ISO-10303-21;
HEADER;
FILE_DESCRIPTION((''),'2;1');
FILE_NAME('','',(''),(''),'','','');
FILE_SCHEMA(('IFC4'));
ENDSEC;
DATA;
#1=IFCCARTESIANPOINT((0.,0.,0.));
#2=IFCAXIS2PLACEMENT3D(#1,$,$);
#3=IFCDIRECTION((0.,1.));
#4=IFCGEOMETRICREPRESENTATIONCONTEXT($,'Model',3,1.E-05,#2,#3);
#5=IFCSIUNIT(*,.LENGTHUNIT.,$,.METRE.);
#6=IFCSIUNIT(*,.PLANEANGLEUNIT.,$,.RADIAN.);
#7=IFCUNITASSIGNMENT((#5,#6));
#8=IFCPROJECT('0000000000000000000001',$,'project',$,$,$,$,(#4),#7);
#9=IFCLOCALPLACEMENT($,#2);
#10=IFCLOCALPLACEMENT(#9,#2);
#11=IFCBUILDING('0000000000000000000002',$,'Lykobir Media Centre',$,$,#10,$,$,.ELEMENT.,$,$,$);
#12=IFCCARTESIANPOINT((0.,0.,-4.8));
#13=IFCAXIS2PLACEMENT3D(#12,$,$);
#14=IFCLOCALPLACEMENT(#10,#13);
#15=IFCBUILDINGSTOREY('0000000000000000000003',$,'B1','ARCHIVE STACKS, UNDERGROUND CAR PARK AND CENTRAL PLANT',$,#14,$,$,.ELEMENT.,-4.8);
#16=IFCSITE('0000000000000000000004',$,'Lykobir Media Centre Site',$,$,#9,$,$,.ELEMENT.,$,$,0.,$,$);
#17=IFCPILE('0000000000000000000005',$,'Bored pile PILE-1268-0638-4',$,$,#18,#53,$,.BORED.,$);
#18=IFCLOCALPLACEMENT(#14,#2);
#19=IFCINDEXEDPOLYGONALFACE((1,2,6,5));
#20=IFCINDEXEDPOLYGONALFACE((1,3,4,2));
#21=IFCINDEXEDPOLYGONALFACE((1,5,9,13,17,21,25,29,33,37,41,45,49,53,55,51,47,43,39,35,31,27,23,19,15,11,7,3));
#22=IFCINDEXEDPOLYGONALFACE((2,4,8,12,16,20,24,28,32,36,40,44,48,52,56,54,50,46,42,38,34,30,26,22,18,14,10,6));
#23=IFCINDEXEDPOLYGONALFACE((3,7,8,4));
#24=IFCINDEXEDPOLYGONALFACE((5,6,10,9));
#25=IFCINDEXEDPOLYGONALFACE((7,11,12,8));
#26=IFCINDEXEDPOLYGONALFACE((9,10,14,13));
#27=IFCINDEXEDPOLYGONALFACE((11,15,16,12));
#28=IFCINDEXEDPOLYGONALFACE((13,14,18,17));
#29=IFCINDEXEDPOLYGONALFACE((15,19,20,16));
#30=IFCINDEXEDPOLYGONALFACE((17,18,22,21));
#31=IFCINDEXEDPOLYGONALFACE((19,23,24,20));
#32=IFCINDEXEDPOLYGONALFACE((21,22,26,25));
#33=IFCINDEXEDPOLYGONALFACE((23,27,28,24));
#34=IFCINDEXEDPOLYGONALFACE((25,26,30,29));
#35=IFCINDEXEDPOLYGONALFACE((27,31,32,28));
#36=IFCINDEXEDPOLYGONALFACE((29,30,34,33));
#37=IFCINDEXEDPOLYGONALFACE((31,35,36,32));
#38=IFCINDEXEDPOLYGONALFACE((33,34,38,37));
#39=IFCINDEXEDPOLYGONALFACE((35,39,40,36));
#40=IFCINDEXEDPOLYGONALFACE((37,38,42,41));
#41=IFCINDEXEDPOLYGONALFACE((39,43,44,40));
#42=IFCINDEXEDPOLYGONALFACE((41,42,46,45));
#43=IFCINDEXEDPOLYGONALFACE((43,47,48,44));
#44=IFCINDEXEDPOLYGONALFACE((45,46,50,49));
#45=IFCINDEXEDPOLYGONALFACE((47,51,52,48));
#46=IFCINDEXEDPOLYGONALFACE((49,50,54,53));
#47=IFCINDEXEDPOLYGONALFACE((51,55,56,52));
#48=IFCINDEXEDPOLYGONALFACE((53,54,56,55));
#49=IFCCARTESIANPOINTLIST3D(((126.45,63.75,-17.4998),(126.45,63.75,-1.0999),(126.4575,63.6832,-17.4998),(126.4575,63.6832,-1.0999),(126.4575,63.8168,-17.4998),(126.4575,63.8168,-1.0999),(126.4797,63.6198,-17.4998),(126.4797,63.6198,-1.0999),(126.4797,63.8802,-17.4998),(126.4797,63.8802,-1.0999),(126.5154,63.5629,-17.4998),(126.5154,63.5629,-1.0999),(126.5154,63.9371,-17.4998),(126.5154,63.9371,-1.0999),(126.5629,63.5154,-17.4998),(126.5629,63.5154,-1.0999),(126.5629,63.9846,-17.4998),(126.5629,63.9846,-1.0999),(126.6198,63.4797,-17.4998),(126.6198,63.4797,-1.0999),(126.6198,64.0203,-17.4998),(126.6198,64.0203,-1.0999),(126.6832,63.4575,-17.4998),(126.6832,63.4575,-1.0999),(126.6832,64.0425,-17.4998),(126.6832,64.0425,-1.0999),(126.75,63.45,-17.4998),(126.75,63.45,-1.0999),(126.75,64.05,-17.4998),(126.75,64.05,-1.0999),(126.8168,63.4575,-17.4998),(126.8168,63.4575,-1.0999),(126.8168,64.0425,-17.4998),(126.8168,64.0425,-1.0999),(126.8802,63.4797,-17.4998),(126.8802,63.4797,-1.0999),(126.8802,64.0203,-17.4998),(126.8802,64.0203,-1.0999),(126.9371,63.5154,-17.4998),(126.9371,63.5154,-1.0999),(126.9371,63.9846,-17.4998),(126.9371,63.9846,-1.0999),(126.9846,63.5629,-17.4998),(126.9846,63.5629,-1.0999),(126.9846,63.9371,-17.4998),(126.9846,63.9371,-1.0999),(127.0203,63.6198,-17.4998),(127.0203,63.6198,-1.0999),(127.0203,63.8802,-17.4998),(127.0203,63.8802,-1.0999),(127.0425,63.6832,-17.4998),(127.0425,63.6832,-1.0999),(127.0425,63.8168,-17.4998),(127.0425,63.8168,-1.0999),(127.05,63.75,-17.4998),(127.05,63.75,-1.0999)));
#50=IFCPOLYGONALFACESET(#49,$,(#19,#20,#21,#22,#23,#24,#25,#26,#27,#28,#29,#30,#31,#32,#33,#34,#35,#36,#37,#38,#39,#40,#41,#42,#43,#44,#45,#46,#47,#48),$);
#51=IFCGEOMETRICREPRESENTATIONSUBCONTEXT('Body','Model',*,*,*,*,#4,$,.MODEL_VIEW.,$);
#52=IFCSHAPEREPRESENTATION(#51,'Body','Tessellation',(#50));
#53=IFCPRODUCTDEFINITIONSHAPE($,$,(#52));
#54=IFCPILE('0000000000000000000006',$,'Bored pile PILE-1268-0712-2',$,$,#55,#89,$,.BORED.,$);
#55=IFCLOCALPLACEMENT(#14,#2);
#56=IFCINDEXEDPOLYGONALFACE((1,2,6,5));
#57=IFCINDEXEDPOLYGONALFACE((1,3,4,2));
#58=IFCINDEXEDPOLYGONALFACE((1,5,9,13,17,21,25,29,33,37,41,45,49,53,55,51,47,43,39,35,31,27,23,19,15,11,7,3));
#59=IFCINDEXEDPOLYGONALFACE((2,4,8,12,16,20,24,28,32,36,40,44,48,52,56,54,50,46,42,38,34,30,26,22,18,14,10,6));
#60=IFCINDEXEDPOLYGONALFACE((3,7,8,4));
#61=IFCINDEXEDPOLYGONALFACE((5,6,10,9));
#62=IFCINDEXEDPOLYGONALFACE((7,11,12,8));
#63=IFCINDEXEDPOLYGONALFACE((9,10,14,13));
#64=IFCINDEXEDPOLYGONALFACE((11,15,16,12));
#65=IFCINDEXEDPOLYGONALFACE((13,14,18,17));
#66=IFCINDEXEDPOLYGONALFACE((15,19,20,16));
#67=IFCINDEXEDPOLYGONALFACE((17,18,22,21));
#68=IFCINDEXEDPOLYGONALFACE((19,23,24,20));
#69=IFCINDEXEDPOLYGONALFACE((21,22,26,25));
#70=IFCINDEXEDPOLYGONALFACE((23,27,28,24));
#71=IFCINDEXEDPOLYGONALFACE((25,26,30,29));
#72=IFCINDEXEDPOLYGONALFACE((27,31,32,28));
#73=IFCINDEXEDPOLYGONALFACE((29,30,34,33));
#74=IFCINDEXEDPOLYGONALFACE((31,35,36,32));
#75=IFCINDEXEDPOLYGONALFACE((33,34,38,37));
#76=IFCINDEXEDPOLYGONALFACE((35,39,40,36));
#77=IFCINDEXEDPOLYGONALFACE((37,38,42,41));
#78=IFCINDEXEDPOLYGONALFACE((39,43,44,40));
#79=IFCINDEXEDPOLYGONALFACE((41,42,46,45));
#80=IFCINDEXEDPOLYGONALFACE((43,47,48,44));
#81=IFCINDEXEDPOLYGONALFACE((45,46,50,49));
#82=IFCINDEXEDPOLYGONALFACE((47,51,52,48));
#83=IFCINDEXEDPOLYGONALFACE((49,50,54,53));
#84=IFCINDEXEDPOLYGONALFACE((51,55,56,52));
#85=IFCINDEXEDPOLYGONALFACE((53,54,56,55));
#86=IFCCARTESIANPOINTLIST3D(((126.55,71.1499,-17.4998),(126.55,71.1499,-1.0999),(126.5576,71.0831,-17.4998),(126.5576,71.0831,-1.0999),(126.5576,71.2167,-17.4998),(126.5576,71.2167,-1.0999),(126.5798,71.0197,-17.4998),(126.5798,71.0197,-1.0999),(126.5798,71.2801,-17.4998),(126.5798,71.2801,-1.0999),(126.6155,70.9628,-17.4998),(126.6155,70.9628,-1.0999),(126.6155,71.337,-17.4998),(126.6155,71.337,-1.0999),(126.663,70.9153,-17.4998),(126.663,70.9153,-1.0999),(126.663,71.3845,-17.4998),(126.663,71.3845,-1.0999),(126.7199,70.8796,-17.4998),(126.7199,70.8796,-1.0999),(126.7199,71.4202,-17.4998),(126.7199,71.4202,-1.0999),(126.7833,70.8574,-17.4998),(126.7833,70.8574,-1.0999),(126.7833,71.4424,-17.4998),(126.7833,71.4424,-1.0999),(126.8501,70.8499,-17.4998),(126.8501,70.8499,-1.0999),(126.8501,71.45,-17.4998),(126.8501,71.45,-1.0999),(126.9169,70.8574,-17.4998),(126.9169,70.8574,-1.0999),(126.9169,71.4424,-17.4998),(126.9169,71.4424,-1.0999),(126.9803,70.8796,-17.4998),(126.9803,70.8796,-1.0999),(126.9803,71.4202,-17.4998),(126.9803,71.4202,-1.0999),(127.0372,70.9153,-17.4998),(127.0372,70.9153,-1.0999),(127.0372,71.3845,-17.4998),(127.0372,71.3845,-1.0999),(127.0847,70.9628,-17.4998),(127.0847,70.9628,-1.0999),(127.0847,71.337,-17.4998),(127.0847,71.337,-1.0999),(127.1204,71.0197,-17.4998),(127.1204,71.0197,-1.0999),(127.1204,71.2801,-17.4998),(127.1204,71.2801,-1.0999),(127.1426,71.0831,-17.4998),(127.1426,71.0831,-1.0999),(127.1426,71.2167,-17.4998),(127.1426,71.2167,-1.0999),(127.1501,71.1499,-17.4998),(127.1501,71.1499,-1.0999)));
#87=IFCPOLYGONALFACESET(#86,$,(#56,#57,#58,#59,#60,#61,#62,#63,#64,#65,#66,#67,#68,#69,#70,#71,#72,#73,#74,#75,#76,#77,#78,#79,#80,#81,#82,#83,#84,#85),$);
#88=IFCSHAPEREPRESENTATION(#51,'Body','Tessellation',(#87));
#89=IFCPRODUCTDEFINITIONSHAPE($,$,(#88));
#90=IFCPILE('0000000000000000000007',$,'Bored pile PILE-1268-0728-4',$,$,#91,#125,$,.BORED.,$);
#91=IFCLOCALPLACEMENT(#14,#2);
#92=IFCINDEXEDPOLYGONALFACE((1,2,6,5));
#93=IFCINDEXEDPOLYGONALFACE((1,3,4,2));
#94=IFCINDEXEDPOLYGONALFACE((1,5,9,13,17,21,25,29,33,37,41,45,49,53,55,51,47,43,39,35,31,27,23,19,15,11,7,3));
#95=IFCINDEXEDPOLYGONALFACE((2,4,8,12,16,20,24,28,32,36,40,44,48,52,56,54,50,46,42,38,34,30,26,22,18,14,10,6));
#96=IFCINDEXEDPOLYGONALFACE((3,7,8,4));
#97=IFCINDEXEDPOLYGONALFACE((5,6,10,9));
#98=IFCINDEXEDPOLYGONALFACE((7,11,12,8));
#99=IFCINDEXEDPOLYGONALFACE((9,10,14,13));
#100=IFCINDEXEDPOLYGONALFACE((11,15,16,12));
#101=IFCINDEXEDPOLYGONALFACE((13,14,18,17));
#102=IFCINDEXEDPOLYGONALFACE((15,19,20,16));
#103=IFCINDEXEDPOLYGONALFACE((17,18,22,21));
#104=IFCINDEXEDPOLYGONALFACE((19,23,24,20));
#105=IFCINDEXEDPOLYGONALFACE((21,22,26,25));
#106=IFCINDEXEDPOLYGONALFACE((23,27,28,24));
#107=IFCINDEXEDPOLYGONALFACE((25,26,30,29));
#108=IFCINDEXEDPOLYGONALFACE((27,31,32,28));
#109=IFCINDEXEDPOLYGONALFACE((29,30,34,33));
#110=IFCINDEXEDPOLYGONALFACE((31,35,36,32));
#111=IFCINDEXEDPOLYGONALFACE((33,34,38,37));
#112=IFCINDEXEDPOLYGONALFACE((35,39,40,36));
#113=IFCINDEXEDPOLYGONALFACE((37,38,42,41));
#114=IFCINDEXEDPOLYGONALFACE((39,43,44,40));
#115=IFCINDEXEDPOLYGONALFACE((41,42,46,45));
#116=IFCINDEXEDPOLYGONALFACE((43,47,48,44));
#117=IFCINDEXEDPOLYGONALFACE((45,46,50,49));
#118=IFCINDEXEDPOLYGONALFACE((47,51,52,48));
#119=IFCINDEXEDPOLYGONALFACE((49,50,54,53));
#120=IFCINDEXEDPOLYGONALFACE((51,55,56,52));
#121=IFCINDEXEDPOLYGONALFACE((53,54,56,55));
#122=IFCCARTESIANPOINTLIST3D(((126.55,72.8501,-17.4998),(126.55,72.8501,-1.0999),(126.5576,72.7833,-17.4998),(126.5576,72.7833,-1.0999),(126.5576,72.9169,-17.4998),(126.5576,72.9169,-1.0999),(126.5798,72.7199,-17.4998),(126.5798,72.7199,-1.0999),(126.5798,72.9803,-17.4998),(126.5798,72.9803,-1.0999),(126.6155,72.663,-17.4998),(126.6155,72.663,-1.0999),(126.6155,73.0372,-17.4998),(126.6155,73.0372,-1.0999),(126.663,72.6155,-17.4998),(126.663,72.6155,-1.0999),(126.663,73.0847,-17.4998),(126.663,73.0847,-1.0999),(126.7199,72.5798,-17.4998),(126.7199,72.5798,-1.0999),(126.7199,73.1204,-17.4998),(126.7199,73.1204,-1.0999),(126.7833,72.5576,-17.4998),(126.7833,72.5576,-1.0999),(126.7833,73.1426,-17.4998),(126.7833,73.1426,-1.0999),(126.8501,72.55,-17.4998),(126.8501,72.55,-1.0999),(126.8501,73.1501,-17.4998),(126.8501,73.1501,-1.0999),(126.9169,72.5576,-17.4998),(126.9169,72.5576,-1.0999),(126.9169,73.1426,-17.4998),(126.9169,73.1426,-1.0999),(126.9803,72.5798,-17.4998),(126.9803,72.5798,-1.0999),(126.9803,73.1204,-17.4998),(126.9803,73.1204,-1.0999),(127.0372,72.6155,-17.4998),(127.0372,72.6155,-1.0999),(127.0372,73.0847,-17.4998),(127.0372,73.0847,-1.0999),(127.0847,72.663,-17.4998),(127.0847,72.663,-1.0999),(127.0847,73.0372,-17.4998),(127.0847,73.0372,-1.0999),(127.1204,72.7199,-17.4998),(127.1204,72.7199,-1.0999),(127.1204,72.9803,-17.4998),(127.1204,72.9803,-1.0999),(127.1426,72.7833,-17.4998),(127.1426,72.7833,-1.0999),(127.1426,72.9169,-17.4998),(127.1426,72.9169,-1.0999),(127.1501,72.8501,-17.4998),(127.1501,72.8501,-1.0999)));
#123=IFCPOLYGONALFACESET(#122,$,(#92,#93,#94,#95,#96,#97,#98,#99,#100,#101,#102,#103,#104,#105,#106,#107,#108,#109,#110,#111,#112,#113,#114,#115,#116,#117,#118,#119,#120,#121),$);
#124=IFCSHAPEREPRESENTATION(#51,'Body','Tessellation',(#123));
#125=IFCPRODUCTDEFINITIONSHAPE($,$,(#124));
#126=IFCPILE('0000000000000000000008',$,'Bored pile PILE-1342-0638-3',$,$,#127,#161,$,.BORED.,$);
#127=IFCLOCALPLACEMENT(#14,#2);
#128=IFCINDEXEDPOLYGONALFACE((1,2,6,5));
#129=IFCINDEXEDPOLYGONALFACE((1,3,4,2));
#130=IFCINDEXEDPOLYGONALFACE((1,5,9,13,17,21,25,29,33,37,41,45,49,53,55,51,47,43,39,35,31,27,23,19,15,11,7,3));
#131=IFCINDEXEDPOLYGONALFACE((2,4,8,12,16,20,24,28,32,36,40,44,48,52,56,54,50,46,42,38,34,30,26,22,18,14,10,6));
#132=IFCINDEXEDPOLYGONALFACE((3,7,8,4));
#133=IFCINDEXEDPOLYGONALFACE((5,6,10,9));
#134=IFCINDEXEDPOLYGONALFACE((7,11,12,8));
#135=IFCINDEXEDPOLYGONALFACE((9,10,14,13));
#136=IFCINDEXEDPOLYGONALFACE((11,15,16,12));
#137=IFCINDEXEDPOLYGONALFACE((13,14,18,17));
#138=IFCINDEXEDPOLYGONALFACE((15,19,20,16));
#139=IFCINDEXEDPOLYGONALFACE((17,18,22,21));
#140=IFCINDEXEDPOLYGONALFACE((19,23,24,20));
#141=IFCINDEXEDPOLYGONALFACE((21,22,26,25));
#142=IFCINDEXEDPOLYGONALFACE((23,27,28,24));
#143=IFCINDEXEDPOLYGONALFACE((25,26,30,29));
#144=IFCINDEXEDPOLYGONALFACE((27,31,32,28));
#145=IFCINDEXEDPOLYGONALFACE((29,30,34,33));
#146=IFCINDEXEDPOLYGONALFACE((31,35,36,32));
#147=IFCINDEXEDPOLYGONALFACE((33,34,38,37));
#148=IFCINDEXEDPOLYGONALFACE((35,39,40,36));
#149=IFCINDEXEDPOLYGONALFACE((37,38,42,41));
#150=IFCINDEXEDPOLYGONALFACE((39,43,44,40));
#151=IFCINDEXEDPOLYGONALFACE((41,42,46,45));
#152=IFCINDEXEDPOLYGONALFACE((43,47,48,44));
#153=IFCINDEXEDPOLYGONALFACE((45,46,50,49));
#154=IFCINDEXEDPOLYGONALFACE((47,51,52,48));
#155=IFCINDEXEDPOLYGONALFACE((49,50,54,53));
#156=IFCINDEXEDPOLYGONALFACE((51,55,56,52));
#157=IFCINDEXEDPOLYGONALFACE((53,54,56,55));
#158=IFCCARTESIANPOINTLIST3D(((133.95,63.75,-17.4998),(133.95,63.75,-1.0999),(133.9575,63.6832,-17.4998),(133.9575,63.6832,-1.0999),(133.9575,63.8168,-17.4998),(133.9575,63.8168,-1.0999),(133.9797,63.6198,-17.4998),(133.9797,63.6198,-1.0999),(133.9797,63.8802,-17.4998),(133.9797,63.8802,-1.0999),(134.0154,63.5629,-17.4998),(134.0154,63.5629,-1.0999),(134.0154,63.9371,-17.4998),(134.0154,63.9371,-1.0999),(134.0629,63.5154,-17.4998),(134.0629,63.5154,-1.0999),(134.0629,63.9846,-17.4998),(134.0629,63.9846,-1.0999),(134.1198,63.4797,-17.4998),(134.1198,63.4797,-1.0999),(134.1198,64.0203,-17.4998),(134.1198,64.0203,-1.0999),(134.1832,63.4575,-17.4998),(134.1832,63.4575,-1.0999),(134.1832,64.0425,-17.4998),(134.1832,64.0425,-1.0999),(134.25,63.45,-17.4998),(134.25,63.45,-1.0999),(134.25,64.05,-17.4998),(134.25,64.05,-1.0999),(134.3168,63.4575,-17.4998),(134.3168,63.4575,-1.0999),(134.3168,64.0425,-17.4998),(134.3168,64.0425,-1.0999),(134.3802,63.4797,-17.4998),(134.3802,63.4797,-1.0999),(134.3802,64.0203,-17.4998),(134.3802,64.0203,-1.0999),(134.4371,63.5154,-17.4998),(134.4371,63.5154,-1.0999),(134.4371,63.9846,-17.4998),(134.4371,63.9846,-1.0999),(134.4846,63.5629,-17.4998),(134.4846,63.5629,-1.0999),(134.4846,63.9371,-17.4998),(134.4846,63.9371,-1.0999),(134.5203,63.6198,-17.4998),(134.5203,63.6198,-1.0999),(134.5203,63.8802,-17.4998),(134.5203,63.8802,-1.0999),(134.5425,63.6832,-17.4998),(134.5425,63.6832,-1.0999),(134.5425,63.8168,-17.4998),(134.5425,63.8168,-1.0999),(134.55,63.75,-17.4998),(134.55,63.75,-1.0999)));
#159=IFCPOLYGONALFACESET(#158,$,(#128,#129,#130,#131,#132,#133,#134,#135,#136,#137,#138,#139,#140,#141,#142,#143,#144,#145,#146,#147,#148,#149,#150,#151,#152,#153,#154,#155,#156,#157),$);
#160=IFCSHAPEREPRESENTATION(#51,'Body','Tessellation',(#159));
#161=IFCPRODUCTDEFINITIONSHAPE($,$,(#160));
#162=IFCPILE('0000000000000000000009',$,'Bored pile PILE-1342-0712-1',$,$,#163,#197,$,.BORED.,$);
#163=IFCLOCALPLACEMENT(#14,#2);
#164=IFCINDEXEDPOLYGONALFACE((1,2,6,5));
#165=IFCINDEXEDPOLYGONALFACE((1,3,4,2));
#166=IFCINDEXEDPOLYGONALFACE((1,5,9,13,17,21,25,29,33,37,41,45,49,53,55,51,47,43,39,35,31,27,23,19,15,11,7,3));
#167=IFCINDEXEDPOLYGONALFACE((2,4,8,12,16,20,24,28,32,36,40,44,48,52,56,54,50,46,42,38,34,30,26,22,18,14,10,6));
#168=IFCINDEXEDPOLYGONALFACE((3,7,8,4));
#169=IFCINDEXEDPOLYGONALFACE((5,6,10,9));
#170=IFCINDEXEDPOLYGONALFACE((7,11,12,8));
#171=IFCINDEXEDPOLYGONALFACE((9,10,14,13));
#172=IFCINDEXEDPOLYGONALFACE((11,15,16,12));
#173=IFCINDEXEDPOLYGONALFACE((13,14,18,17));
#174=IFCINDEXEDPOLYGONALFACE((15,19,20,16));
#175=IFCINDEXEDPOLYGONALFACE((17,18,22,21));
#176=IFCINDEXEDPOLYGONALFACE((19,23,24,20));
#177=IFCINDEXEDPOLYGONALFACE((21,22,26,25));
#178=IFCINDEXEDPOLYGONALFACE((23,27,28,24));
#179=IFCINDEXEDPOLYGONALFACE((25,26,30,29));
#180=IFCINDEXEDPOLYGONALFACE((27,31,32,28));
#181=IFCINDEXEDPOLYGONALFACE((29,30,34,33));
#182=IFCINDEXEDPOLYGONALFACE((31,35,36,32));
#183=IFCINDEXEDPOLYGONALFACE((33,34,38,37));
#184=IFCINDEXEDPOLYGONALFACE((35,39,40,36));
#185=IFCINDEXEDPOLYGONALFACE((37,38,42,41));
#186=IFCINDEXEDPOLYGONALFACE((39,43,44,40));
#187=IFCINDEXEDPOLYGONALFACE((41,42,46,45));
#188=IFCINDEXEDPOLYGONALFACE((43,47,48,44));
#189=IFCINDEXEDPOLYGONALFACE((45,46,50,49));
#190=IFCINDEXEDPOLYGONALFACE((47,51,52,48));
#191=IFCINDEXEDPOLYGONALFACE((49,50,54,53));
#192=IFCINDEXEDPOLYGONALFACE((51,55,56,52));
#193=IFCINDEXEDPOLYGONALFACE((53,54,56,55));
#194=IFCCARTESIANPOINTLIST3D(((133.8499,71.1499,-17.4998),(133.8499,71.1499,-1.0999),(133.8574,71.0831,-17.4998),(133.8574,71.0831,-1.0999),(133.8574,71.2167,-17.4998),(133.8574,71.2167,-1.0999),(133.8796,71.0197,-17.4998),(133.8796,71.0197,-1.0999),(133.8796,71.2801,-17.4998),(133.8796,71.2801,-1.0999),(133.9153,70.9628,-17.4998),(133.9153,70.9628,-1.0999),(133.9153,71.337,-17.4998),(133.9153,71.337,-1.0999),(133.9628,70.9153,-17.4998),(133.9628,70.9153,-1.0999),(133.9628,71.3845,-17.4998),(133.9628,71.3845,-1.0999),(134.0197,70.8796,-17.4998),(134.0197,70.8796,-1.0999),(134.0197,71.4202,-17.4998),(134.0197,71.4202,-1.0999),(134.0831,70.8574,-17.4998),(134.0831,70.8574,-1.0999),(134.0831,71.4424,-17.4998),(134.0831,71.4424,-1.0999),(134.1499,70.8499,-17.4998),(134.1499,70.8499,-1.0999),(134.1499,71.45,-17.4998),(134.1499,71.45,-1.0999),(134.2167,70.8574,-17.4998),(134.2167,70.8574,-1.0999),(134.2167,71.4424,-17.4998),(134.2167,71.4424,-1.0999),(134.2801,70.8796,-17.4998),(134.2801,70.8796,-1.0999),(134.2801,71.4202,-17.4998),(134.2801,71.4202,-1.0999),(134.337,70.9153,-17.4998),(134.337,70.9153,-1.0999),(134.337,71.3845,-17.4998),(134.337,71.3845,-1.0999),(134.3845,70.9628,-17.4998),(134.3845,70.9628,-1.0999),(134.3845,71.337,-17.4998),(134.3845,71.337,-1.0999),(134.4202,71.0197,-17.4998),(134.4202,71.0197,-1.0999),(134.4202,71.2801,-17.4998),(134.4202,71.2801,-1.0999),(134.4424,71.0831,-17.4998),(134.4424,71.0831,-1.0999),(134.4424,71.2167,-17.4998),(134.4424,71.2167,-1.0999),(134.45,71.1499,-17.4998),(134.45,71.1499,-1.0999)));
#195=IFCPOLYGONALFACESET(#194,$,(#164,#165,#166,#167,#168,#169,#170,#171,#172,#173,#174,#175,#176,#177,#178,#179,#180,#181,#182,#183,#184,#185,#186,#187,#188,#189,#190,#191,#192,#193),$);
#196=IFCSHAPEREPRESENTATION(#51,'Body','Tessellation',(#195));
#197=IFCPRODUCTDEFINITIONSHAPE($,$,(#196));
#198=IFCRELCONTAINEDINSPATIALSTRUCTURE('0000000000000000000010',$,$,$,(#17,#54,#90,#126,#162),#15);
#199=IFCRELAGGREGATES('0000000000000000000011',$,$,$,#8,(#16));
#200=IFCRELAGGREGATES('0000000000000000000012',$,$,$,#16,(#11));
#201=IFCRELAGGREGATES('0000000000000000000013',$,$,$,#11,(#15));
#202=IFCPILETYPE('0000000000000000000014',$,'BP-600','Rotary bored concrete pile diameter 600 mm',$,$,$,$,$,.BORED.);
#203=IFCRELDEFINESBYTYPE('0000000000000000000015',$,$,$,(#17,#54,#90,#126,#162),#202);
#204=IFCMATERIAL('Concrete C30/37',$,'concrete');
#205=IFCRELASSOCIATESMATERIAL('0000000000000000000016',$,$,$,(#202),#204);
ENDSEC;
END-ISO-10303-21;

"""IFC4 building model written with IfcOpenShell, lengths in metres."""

from ifc_helpers import new_model, si_unit, direction, frame, origin, origin_2d, place, context, subcontext, project, spatial, circle, extrude, material, material_profile, profile_set, type_object, element, save


model = new_model("IFC4")

# Units and contexts
model_context = context("Model", 3, precision=1e-05, world=origin(), true_north=direction((0.0, 1.0)))
body_context = subcontext(model_context, "Body", "Model", "MODEL_VIEW")
ifc_project = project(units=[si_unit("LENGTHUNIT", "METRE"), si_unit("PLANEANGLEUNIT", "RADIAN")], contexts=[model_context])

# Site, building, storey
site_placement = place(None, origin())
site = spatial("IfcSite", under=ifc_project, at=site_placement, Name="Lykobir Media Centre Site", CompositionType="ELEMENT", RefElevation=0.0)
building_placement = place(site_placement, origin())
building = spatial("IfcBuilding", under=site, at=building_placement, Name="Lykobir Media Centre", CompositionType="ELEMENT")
storey_placement = place(building_placement, frame((0.0, 0.0, -4.8)))
storey = spatial("IfcBuildingStorey", under=building, at=storey_placement, Name="B1", Description="ARCHIVE STACKS, UNDERGROUND CAR PARK AND CENTRAL PLANT", CompositionType="ELEMENT", Elevation=-4.8)

# Piles
ifc_material_1 = material(Name="Concrete C30/37", Category="concrete")
ifc_material_profile_1 = material_profile(ifc_material_1, circle(Radius=0.3, at=origin_2d()), Name="BORED PILE D600")
ifc_profile_set_1 = profile_set([ifc_material_profile_1], Name="Concrete C30/37")
pile_type = type_object("IfcPileType", Name="BP-600", Description="Rotary bored concrete pile diameter 600 mm", PredefinedType="BORED", material=ifc_profile_set_1)
for number, where, z_axis, x_axis, name in (
    (1, (126.75, 63.75, -1.0999), (0.0, 0.0, -1.0), (1.0, 0.0, 0.0), "Bored pile PILE-1268-0638-4"),
    (2, (126.8501, 71.1499, -1.0999), (0.0, 0.0, -1.0), (1.0, 0.0, 0.0), "Bored pile PILE-1268-0712-2"),
    (3, (126.8501, 72.8501, -1.0999), (0.0, 0.0, -1.0), (1.0, 0.0, 0.0), "Bored pile PILE-1268-0728-4"),
    (4, (134.25, 63.75, -1.0999), (0.0, 0.0, -1.0), (1.0, 0.0, 0.0), "Bored pile PILE-1342-0638-3"),
    (5, (134.1499, 71.1499, -1.0999), (0.0, 0.0, -1.0), (1.0, 0.0, 0.0), "Bored pile PILE-1342-0712-1"),
):
    element("IfcPile", number, at=place(storey_placement, frame(where, z_axis=z_axis, x_axis=x_axis)), inside=storey, type_object=pile_type, Name=name, PredefinedType="BORED", context=body_context, shape_type="SweptSolid", body=[
        extrude(circle(Radius=0.3, at=origin_2d()), origin(), (0.0, 0.0, 1.0), 16.3999),
    ])

save(model, "model.ifc")
